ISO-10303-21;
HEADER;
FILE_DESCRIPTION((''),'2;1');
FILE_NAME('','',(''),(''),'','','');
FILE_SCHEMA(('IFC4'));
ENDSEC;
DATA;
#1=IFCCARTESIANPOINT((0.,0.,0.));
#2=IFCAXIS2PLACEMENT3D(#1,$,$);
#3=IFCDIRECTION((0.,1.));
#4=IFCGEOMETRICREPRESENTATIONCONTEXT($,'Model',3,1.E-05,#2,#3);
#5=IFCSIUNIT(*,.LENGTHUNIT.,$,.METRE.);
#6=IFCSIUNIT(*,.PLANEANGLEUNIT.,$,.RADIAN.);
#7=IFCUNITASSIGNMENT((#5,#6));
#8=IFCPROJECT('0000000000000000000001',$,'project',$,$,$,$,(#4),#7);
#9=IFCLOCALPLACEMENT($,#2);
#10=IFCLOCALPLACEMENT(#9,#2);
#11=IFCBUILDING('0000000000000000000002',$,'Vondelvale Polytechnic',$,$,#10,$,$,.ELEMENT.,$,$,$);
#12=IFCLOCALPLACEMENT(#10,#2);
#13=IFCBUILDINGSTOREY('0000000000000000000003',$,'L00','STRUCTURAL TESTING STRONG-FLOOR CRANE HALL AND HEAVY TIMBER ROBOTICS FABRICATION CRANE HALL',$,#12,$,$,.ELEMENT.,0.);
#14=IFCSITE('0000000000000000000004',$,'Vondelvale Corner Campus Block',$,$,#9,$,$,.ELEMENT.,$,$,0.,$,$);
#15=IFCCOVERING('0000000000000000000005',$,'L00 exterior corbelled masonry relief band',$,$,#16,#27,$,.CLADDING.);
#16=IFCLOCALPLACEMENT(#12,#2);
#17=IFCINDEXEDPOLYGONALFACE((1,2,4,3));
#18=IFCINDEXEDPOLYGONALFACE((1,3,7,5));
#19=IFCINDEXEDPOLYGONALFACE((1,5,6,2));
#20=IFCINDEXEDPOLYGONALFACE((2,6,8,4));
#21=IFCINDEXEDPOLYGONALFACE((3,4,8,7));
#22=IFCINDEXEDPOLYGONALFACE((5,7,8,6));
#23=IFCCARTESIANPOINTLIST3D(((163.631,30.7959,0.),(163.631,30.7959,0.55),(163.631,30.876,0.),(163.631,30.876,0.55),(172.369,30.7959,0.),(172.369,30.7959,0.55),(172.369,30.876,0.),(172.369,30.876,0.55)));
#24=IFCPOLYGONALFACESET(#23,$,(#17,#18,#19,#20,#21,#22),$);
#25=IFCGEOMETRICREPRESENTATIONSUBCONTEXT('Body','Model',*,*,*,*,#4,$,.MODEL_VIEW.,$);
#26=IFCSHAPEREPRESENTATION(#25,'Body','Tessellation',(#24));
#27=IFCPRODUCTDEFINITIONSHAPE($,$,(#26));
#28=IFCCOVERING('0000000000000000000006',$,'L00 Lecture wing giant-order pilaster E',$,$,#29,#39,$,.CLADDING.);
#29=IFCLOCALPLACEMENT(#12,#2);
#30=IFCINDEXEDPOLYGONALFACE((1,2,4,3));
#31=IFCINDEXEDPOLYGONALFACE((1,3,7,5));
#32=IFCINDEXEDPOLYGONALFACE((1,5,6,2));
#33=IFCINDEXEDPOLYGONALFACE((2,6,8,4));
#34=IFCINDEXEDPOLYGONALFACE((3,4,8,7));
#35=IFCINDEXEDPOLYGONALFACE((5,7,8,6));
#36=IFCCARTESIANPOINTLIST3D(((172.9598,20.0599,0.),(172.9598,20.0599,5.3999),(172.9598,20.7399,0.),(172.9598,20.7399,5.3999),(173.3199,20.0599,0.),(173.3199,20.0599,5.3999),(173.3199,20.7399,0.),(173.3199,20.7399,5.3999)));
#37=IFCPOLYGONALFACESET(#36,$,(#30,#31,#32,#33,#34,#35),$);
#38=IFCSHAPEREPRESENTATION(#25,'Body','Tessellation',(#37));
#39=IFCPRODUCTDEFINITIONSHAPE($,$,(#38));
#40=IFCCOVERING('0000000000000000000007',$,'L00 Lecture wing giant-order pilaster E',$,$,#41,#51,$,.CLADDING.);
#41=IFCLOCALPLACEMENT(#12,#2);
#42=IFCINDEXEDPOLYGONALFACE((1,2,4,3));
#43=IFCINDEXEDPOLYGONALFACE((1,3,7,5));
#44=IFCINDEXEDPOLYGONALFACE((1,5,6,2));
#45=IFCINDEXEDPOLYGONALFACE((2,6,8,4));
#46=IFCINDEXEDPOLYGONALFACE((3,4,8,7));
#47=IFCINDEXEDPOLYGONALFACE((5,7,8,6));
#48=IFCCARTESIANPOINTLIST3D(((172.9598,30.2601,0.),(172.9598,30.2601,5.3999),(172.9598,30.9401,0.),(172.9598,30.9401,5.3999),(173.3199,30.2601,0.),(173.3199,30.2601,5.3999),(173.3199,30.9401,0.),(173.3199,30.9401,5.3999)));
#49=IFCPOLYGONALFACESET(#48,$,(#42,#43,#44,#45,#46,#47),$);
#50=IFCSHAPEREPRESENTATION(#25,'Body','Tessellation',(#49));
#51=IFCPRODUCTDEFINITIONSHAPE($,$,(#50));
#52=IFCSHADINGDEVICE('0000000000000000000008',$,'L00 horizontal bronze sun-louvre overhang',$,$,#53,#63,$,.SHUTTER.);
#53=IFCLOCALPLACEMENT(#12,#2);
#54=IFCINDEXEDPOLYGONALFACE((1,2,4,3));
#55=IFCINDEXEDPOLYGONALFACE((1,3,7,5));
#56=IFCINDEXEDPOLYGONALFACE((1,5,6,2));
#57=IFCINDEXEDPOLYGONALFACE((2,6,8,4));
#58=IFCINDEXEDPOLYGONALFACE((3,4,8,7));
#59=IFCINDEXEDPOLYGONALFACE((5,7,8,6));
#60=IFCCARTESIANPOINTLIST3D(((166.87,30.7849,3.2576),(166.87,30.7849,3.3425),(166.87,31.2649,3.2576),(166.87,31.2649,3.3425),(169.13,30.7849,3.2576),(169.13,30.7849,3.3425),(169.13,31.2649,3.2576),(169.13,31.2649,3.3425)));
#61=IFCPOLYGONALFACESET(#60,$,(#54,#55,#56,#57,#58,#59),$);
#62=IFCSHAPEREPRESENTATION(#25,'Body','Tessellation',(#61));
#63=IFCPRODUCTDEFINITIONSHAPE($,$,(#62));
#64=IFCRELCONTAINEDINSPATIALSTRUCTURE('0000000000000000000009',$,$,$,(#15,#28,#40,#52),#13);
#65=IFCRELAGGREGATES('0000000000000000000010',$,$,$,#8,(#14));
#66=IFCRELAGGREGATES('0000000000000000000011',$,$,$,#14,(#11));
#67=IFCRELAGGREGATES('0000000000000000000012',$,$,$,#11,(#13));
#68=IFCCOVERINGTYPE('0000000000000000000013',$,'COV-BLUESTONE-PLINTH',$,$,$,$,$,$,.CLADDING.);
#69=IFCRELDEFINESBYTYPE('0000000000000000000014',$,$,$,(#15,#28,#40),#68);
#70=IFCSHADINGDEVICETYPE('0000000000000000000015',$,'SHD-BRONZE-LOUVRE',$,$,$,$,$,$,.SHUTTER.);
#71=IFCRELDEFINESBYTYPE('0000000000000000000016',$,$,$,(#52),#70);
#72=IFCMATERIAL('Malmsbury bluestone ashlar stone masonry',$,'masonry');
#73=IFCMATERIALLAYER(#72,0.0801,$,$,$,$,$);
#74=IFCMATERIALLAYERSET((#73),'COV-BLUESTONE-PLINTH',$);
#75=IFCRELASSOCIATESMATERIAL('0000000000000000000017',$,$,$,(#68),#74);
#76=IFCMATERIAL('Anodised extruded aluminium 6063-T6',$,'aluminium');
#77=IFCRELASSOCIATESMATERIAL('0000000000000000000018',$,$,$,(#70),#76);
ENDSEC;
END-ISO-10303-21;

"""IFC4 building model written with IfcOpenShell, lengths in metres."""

from ifc_helpers import new_model, si_unit, direction, frame, origin, origin_2d, place, context, subcontext, project, spatial, rectangle, extrude, material, layer, layer_set, type_object, element, save


model = new_model("IFC4")

# Units and contexts
model_context = context("Model", 3, precision=1e-05, world=origin(), true_north=direction((0.0, 1.0)))
body_context = subcontext(model_context, "Body", "Model", "MODEL_VIEW")
ifc_project = project(units=[si_unit("LENGTHUNIT", "METRE"), si_unit("PLANEANGLEUNIT", "RADIAN")], contexts=[model_context])

# Site, building, storey
site_placement = place(None, origin())
site = spatial("IfcSite", under=ifc_project, at=site_placement, Name="Vondelvale Corner Campus Block", CompositionType="ELEMENT", RefElevation=0.0)
building_placement = place(site_placement, origin())
building = spatial("IfcBuilding", under=site, at=building_placement, Name="Vondelvale Polytechnic", CompositionType="ELEMENT")
storey_placement = place(building_placement, origin())
storey = spatial("IfcBuildingStorey", under=building, at=storey_placement, Name="L00", Description="STRUCTURAL TESTING STRONG-FLOOR CRANE HALL AND HEAVY TIMBER ROBOTICS FABRICATION CRANE HALL", CompositionType="ELEMENT", Elevation=0.0)

# Shared definitions
ifc_material_1 = material(Name="Malmsbury bluestone ashlar stone masonry", Category="masonry")

# Shared definitions
ifc_material_2 = material(Name="Anodised extruded aluminium 6063-T6", Category="aluminium")

# Coverings
ifc_layer_1 = layer(ifc_material_1, 0.0801)
ifc_layer_set_1 = layer_set([ifc_layer_1], Name="COV-BLUESTONE-PLINTH")
covering_type = type_object("IfcCoveringType", Name="COV-BLUESTONE-PLINTH", PredefinedType="CLADDING", material=ifc_layer_set_1)
covering_1_placement = place(storey_placement, frame((168.0, 30.8359, 0.0), z_axis=(0.0, 0.0, 1.0), x_axis=(1.0, 0.0, 0.0)))
element("IfcCovering", 1, at=covering_1_placement, inside=storey, type_object=covering_type, Name="L00 exterior corbelled masonry relief band", PredefinedType="CLADDING", context=body_context, shape_type="SweptSolid", body=[
    extrude(rectangle(XDim=8.738, YDim=0.0801, at=origin_2d()), origin(), (0.0, 0.0, 1.0), 0.55),
])
for number, where, z_axis, x_axis, name in (
    (2, (173.1399, 20.3999, 0.0), (0.0, 0.0, 1.0), (1.0, 0.0, 0.0), "L00 Lecture wing giant-order pilaster E"),
    (3, (173.1399, 30.6001, 0.0), (0.0, 0.0, 1.0), (1.0, 0.0, 0.0), "L00 Lecture wing giant-order pilaster E"),
):
    element("IfcCovering", number, at=place(storey_placement, frame(where, z_axis=z_axis, x_axis=x_axis)), inside=storey, type_object=covering_type, Name=name, PredefinedType="CLADDING", context=body_context, shape_type="SweptSolid", body=[
        extrude(rectangle(XDim=0.3601, YDim=0.6799, at=origin_2d()), origin(), (0.0, 0.0, 1.0), 5.3999),
    ])

# Shading device
shading_device_type = type_object("IfcShadingDeviceType", Name="SHD-BRONZE-LOUVRE", PredefinedType="SHUTTER", material=ifc_material_2)
shading_device_placement = place(storey_placement, frame((168.0, 31.0249, 3.2576), z_axis=(0.0, 0.0, 1.0), x_axis=(1.0, 0.0, 0.0)))
element("IfcShadingDevice", 4, at=shading_device_placement, inside=storey, type_object=shading_device_type, Name="L00 horizontal bronze sun-louvre overhang", PredefinedType="SHUTTER", context=body_context, shape_type="SweptSolid", body=[
    extrude(rectangle(XDim=2.26, YDim=0.48, at=origin_2d()), origin(), (0.0, 0.0, 1.0), 0.085),
])

save(model, "model.ifc")
